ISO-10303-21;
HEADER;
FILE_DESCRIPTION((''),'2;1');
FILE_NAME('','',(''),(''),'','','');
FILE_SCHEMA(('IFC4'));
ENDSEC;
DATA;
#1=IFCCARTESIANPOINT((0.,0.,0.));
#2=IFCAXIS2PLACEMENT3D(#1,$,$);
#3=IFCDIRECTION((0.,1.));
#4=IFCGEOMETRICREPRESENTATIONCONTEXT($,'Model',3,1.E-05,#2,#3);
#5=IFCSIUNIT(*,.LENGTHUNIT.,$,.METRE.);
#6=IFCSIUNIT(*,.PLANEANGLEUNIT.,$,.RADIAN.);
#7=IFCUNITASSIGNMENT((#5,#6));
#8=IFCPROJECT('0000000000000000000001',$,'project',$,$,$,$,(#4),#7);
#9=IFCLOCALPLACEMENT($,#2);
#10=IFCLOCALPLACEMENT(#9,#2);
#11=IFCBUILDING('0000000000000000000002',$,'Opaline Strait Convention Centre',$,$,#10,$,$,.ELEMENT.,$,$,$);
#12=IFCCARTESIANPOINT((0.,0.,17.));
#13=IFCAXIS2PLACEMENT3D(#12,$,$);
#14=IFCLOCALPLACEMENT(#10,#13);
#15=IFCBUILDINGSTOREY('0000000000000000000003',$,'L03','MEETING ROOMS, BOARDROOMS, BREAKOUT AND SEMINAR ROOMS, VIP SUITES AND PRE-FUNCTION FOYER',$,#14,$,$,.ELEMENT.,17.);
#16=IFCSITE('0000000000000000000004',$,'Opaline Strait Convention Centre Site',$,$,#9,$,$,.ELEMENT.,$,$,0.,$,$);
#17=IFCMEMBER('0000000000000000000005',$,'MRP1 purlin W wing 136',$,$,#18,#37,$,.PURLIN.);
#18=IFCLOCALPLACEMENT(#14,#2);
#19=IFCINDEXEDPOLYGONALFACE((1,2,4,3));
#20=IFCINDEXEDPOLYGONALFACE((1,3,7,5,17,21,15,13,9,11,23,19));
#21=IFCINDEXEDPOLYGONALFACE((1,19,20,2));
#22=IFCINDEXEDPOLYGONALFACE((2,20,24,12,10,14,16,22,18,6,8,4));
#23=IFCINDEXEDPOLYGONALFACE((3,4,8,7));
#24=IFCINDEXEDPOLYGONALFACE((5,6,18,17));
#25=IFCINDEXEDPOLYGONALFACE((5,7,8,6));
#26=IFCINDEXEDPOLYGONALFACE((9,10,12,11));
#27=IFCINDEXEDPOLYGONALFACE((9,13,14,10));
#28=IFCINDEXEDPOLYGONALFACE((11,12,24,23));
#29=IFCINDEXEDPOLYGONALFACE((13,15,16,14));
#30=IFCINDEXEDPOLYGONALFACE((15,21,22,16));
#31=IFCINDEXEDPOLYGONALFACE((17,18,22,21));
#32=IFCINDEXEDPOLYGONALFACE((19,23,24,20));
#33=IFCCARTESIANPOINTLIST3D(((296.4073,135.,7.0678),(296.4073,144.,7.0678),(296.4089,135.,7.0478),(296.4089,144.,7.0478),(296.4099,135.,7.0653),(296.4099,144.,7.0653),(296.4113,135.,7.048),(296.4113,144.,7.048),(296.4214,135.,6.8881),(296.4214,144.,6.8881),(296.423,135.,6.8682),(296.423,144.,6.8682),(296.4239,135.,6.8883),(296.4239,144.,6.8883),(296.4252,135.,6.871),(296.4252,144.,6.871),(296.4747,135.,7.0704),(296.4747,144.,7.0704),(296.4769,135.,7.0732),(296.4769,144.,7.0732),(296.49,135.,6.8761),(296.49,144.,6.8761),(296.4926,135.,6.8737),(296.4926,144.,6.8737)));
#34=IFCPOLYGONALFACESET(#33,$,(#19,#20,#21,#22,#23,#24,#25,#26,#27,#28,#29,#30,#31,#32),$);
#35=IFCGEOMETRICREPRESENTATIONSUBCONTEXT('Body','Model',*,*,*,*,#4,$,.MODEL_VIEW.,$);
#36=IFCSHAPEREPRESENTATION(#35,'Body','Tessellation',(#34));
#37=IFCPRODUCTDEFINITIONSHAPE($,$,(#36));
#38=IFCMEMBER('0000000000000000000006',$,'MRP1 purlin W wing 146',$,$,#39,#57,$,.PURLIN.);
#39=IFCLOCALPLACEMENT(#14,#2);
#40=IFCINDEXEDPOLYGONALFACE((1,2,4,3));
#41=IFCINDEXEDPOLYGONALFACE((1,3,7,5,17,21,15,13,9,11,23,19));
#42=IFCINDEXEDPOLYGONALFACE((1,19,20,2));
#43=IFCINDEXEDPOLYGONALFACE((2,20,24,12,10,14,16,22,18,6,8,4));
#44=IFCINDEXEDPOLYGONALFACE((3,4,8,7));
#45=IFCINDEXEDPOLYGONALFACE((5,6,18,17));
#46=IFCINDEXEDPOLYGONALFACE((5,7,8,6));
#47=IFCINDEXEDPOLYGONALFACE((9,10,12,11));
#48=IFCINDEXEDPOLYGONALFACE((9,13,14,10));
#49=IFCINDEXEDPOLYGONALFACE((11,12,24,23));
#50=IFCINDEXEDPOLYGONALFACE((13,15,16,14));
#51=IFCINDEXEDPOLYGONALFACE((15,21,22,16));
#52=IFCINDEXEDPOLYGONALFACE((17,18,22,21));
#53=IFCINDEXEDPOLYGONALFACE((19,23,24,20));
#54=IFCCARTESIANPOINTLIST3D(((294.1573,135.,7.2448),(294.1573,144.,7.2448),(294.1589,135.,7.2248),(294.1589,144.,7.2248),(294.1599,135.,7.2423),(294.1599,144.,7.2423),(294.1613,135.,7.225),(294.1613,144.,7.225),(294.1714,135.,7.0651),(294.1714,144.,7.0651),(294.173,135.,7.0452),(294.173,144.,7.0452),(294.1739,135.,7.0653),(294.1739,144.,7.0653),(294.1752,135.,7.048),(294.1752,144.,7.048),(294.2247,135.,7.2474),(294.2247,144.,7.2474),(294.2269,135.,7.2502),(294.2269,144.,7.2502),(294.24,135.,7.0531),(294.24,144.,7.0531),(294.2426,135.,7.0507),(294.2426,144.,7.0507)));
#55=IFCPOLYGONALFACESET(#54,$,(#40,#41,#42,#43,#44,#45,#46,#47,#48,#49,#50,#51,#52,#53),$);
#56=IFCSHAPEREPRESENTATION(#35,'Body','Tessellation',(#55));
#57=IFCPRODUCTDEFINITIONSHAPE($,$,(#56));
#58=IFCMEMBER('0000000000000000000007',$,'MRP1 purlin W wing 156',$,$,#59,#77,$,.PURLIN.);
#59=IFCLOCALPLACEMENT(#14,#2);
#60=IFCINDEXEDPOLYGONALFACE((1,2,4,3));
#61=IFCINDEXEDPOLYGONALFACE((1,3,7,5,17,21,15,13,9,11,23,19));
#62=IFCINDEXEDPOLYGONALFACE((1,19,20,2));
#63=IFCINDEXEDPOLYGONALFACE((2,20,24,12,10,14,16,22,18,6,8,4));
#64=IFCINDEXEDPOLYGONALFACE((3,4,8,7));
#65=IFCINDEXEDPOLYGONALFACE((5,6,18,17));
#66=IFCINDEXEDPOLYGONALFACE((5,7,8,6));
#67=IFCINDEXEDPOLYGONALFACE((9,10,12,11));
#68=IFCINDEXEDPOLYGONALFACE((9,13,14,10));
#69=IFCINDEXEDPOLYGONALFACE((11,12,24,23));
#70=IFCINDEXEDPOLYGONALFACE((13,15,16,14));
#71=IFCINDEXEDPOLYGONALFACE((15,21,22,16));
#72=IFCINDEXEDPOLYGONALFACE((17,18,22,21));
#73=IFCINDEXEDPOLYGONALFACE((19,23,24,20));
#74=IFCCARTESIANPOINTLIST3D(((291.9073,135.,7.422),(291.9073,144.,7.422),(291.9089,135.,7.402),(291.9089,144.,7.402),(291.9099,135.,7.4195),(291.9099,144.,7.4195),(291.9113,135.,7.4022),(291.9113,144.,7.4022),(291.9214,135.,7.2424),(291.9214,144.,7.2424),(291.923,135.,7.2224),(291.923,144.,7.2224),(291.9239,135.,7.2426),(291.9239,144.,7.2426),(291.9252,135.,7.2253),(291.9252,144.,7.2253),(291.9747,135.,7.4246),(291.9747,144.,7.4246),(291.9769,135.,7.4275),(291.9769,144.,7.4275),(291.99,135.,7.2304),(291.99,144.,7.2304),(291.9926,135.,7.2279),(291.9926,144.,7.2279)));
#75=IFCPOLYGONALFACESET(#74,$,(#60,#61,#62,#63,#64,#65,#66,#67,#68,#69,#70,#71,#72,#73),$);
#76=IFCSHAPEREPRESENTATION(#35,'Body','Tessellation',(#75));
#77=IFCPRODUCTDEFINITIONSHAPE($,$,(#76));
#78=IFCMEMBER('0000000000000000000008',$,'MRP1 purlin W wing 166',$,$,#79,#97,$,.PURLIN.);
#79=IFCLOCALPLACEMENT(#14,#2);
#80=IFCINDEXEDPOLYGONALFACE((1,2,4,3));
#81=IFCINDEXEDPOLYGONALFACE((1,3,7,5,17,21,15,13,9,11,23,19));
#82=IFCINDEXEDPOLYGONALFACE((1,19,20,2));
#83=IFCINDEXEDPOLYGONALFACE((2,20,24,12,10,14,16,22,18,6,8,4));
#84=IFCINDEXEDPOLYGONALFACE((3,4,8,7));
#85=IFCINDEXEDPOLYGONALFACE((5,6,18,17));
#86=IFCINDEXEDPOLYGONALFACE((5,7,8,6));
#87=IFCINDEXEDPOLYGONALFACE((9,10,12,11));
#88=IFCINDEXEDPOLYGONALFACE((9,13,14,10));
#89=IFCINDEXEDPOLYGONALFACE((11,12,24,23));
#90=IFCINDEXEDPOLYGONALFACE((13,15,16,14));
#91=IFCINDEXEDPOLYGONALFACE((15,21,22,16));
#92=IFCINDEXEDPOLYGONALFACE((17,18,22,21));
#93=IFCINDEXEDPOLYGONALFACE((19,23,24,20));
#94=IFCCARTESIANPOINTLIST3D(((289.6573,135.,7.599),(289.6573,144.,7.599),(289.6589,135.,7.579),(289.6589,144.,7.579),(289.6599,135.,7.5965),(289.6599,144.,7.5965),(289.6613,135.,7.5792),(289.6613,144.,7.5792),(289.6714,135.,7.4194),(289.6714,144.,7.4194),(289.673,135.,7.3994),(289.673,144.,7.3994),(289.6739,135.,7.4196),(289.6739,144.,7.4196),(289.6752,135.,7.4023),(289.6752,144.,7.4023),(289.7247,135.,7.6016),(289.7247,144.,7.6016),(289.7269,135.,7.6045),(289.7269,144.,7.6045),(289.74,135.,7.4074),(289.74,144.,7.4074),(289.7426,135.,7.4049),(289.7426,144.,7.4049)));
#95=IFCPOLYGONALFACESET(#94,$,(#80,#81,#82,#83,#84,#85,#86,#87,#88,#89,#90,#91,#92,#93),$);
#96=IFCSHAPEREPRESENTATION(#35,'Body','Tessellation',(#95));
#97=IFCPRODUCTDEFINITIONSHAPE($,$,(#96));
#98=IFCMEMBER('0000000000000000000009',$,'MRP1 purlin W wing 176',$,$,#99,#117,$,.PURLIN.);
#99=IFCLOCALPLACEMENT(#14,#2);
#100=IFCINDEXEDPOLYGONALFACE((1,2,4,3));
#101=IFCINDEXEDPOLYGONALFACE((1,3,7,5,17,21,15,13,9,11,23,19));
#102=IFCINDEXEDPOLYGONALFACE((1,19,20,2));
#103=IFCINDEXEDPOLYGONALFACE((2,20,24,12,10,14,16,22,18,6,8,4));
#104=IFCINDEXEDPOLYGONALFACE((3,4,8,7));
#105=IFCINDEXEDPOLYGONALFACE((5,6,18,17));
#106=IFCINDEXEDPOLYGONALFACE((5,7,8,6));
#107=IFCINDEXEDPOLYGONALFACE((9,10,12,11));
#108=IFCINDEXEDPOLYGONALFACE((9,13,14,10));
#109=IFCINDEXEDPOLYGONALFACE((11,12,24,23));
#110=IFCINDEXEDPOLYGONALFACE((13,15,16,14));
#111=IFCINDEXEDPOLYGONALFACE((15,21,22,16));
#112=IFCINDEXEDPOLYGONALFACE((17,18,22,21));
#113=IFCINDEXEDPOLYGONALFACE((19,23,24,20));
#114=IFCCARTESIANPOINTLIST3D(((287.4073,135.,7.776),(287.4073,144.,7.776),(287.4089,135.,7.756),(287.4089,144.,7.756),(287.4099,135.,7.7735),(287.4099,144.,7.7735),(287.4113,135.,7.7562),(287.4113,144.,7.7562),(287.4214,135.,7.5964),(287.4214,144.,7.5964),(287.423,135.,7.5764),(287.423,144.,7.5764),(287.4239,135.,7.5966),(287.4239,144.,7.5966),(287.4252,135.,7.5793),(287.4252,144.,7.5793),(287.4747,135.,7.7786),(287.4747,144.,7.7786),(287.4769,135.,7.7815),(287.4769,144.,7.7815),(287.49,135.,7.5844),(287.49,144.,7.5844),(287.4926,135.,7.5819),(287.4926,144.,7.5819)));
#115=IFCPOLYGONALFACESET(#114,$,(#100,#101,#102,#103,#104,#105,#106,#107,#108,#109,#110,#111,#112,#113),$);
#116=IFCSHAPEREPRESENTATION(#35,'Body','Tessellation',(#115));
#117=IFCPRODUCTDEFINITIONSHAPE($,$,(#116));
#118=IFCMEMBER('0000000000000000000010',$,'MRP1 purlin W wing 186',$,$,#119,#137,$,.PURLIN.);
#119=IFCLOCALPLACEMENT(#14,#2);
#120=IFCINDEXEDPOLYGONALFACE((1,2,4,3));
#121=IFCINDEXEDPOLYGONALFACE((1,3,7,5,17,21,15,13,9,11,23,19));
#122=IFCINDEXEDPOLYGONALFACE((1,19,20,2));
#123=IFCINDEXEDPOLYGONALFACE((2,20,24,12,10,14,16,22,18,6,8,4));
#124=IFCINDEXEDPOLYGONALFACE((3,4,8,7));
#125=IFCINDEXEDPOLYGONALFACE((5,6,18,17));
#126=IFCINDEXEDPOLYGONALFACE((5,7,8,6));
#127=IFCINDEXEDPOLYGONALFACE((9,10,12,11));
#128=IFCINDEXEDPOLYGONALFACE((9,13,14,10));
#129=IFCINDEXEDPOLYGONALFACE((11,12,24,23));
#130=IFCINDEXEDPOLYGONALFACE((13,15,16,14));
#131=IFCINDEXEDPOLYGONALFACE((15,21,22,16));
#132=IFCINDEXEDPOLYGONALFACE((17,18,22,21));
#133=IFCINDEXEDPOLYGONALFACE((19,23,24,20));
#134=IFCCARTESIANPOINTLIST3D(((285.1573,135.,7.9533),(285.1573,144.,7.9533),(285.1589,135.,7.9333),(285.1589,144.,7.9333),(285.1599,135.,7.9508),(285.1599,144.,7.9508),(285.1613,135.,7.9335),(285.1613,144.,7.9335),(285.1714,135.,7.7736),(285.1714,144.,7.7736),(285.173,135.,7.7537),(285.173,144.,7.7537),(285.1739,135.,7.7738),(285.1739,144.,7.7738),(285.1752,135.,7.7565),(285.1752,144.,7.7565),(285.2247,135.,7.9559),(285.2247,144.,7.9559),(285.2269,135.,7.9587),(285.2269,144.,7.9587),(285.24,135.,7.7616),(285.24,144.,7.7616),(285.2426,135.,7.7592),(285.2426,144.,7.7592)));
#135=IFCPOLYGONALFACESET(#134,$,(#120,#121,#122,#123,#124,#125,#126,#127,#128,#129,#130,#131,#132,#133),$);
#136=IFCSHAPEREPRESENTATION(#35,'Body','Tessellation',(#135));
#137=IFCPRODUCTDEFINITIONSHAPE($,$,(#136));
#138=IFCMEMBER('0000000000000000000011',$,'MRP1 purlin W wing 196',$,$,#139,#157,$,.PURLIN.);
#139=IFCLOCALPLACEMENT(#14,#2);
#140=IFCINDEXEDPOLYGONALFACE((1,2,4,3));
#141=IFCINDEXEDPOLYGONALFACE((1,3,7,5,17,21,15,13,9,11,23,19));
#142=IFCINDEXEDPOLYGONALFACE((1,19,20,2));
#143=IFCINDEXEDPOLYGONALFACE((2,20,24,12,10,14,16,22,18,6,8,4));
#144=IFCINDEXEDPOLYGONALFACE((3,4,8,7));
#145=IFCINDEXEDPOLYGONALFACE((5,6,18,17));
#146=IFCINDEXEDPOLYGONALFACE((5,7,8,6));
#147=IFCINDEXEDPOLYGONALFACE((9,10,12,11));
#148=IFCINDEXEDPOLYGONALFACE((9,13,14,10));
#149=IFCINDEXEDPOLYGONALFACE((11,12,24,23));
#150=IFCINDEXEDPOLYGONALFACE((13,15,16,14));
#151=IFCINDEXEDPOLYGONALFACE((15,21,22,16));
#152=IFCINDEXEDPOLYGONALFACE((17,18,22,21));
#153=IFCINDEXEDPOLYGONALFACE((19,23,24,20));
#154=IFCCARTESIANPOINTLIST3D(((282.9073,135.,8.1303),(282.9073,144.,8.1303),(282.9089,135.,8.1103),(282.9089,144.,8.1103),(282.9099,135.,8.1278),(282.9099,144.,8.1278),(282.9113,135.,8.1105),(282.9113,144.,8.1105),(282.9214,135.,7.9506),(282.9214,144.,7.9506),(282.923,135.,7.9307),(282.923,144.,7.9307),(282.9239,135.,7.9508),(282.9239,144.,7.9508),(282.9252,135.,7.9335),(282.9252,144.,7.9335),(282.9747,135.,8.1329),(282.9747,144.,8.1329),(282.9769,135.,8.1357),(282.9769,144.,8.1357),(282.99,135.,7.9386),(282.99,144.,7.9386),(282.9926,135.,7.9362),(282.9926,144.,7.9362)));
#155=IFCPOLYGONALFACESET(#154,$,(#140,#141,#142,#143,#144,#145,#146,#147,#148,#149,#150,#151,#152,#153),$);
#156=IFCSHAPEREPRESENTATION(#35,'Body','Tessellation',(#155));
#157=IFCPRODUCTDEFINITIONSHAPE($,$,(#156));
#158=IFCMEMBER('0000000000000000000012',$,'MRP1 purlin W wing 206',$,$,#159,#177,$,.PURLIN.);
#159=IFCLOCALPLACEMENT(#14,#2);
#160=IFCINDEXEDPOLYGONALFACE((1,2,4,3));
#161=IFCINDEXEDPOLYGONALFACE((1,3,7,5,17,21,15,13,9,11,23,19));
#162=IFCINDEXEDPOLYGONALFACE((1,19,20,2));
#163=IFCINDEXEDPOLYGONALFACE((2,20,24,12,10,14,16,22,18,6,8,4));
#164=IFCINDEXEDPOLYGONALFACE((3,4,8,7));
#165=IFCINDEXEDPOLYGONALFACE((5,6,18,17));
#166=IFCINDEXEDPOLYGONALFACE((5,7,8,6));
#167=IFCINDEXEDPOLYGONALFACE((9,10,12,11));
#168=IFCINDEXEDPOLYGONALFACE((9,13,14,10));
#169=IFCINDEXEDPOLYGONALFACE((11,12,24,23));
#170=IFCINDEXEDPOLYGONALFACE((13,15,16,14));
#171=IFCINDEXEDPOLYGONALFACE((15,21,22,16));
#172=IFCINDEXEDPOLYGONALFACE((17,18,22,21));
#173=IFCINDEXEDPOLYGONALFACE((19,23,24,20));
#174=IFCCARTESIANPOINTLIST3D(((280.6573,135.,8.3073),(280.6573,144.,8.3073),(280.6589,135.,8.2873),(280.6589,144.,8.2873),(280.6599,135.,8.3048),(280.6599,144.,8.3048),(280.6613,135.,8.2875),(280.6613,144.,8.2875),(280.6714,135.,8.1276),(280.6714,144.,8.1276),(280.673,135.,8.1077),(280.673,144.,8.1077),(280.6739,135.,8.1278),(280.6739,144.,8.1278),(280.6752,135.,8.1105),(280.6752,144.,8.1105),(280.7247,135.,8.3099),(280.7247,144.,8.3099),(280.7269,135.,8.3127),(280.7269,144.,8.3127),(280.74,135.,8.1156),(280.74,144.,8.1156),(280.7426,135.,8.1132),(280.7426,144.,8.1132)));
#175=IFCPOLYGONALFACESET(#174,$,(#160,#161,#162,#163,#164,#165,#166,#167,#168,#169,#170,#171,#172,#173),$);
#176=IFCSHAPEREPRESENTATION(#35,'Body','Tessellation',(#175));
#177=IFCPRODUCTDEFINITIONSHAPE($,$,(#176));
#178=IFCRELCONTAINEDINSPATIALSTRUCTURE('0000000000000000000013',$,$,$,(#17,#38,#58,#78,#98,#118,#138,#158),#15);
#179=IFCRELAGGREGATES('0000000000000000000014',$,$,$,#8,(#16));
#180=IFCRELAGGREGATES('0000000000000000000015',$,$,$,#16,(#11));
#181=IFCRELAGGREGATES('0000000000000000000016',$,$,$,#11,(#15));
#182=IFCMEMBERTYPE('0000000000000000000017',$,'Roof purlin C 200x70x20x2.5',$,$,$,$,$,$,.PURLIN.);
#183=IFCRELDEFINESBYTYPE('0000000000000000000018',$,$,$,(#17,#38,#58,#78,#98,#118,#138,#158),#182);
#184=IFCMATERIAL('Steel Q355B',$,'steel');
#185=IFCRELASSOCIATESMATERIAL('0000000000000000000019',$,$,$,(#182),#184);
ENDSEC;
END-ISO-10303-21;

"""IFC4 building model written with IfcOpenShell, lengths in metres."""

from ifc_helpers import new_model, si_unit, direction, frame, origin, place, context, subcontext, project, spatial, polyline, outline, extrude, material, material_profile, profile_set, type_object, element, save


model = new_model("IFC4")

# Units and contexts
model_context = context("Model", 3, precision=1e-05, world=origin(), true_north=direction((0.0, 1.0)))
body_context = subcontext(model_context, "Body", "Model", "MODEL_VIEW")
ifc_project = project(units=[si_unit("LENGTHUNIT", "METRE"), si_unit("PLANEANGLEUNIT", "RADIAN")], contexts=[model_context])

# Site, building, storey
site_placement = place(None, origin())
site = spatial("IfcSite", under=ifc_project, at=site_placement, Name="Opaline Strait Convention Centre Site", CompositionType="ELEMENT", RefElevation=0.0)
building_placement = place(site_placement, origin())
building = spatial("IfcBuilding", under=site, at=building_placement, Name="Opaline Strait Convention Centre", CompositionType="ELEMENT")
storey_placement = place(building_placement, frame((0.0, 0.0, 17.0)))
storey = spatial("IfcBuildingStorey", under=building, at=storey_placement, Name="L03", Description="MEETING ROOMS, BOARDROOMS, BREAKOUT AND SEMINAR ROOMS, VIP SUITES AND PRE-FUNCTION FOYER", CompositionType="ELEMENT", Elevation=17.0)

# Shared definitions
ifc_material_1 = material(Name="Steel Q355B", Category="steel")

# Members
ifc_material_profile_1 = material_profile(ifc_material_1, outline(polyline([(-0.0349, -0.1001), (0.0349, -0.1001), (0.0349, -0.0801), (0.0325, -0.0801), (0.0325, -0.0974), (-0.0325, -0.0974), (-0.0325, 0.0974), (0.0325, 0.0974), (0.0325, 0.0801), (0.0349, 0.0801), (0.0349, 0.1001), (-0.0349, 0.1001), (-0.0349, -0.1001)])), Name="C 200x70x20x2.5")
ifc_profile_set_1 = profile_set([ifc_material_profile_1], Name="Steel Q355B")
member_type_1 = type_object("IfcMemberType", Name="Roof purlin C 200x70x20x2.5", PredefinedType="PURLIN", material=ifc_profile_set_1)
for number, where, z_axis, x_axis, name in (
    (1, (296.45, 135.0, 6.9707), (0.0, 1.0, 0.0), (-0.996917, 0.0, -0.078459), "MRP1 purlin W wing 136"),
    (2, (294.2, 135.0, 7.1477), (0.0, 1.0, 0.0), (-0.996917, 0.0, -0.078459), "MRP1 purlin W wing 146"),
    (3, (291.95, 135.0, 7.325), (0.0, 1.0, 0.0), (-0.996917, 0.0, -0.078459), "MRP1 purlin W wing 156"),
    (4, (289.7, 135.0, 7.502), (0.0, 1.0, 0.0), (-0.996917, 0.0, -0.078459), "MRP1 purlin W wing 166"),
    (5, (287.45, 135.0, 7.679), (0.0, 1.0, 0.0), (-0.996917, 0.0, -0.078459), "MRP1 purlin W wing 176"),
    (6, (285.2, 135.0, 7.8562), (0.0, 1.0, 0.0), (-0.996917, 0.0, -0.078459), "MRP1 purlin W wing 186"),
    (7, (282.95, 135.0, 8.0332), (0.0, 1.0, 0.0), (-0.996917, 0.0, -0.078459), "MRP1 purlin W wing 196"),
    (8, (280.7, 135.0, 8.2102), (0.0, 1.0, 0.0), (-0.996917, 0.0, -0.078459), "MRP1 purlin W wing 206"),
):
    element("IfcMember", number, at=place(storey_placement, frame(where, z_axis=z_axis, x_axis=x_axis)), inside=storey, type_object=member_type_1, Name=name, PredefinedType="PURLIN", context=body_context, shape_type="SweptSolid", body=[
        extrude(outline(polyline([(-0.0349, -0.1001), (0.0349, -0.1001), (0.0349, -0.0801), (0.0325, -0.0801), (0.0325, -0.0974), (-0.0325, -0.0974), (-0.0325, 0.0974), (0.0325, 0.0974), (0.0325, 0.0801), (0.0349, 0.0801), (0.0349, 0.1001), (-0.0349, 0.1001), (-0.0349, -0.1001)])), origin(), (0.0, 0.0, 1.0), 9.0),
    ])

save(model, "model.ifc")
